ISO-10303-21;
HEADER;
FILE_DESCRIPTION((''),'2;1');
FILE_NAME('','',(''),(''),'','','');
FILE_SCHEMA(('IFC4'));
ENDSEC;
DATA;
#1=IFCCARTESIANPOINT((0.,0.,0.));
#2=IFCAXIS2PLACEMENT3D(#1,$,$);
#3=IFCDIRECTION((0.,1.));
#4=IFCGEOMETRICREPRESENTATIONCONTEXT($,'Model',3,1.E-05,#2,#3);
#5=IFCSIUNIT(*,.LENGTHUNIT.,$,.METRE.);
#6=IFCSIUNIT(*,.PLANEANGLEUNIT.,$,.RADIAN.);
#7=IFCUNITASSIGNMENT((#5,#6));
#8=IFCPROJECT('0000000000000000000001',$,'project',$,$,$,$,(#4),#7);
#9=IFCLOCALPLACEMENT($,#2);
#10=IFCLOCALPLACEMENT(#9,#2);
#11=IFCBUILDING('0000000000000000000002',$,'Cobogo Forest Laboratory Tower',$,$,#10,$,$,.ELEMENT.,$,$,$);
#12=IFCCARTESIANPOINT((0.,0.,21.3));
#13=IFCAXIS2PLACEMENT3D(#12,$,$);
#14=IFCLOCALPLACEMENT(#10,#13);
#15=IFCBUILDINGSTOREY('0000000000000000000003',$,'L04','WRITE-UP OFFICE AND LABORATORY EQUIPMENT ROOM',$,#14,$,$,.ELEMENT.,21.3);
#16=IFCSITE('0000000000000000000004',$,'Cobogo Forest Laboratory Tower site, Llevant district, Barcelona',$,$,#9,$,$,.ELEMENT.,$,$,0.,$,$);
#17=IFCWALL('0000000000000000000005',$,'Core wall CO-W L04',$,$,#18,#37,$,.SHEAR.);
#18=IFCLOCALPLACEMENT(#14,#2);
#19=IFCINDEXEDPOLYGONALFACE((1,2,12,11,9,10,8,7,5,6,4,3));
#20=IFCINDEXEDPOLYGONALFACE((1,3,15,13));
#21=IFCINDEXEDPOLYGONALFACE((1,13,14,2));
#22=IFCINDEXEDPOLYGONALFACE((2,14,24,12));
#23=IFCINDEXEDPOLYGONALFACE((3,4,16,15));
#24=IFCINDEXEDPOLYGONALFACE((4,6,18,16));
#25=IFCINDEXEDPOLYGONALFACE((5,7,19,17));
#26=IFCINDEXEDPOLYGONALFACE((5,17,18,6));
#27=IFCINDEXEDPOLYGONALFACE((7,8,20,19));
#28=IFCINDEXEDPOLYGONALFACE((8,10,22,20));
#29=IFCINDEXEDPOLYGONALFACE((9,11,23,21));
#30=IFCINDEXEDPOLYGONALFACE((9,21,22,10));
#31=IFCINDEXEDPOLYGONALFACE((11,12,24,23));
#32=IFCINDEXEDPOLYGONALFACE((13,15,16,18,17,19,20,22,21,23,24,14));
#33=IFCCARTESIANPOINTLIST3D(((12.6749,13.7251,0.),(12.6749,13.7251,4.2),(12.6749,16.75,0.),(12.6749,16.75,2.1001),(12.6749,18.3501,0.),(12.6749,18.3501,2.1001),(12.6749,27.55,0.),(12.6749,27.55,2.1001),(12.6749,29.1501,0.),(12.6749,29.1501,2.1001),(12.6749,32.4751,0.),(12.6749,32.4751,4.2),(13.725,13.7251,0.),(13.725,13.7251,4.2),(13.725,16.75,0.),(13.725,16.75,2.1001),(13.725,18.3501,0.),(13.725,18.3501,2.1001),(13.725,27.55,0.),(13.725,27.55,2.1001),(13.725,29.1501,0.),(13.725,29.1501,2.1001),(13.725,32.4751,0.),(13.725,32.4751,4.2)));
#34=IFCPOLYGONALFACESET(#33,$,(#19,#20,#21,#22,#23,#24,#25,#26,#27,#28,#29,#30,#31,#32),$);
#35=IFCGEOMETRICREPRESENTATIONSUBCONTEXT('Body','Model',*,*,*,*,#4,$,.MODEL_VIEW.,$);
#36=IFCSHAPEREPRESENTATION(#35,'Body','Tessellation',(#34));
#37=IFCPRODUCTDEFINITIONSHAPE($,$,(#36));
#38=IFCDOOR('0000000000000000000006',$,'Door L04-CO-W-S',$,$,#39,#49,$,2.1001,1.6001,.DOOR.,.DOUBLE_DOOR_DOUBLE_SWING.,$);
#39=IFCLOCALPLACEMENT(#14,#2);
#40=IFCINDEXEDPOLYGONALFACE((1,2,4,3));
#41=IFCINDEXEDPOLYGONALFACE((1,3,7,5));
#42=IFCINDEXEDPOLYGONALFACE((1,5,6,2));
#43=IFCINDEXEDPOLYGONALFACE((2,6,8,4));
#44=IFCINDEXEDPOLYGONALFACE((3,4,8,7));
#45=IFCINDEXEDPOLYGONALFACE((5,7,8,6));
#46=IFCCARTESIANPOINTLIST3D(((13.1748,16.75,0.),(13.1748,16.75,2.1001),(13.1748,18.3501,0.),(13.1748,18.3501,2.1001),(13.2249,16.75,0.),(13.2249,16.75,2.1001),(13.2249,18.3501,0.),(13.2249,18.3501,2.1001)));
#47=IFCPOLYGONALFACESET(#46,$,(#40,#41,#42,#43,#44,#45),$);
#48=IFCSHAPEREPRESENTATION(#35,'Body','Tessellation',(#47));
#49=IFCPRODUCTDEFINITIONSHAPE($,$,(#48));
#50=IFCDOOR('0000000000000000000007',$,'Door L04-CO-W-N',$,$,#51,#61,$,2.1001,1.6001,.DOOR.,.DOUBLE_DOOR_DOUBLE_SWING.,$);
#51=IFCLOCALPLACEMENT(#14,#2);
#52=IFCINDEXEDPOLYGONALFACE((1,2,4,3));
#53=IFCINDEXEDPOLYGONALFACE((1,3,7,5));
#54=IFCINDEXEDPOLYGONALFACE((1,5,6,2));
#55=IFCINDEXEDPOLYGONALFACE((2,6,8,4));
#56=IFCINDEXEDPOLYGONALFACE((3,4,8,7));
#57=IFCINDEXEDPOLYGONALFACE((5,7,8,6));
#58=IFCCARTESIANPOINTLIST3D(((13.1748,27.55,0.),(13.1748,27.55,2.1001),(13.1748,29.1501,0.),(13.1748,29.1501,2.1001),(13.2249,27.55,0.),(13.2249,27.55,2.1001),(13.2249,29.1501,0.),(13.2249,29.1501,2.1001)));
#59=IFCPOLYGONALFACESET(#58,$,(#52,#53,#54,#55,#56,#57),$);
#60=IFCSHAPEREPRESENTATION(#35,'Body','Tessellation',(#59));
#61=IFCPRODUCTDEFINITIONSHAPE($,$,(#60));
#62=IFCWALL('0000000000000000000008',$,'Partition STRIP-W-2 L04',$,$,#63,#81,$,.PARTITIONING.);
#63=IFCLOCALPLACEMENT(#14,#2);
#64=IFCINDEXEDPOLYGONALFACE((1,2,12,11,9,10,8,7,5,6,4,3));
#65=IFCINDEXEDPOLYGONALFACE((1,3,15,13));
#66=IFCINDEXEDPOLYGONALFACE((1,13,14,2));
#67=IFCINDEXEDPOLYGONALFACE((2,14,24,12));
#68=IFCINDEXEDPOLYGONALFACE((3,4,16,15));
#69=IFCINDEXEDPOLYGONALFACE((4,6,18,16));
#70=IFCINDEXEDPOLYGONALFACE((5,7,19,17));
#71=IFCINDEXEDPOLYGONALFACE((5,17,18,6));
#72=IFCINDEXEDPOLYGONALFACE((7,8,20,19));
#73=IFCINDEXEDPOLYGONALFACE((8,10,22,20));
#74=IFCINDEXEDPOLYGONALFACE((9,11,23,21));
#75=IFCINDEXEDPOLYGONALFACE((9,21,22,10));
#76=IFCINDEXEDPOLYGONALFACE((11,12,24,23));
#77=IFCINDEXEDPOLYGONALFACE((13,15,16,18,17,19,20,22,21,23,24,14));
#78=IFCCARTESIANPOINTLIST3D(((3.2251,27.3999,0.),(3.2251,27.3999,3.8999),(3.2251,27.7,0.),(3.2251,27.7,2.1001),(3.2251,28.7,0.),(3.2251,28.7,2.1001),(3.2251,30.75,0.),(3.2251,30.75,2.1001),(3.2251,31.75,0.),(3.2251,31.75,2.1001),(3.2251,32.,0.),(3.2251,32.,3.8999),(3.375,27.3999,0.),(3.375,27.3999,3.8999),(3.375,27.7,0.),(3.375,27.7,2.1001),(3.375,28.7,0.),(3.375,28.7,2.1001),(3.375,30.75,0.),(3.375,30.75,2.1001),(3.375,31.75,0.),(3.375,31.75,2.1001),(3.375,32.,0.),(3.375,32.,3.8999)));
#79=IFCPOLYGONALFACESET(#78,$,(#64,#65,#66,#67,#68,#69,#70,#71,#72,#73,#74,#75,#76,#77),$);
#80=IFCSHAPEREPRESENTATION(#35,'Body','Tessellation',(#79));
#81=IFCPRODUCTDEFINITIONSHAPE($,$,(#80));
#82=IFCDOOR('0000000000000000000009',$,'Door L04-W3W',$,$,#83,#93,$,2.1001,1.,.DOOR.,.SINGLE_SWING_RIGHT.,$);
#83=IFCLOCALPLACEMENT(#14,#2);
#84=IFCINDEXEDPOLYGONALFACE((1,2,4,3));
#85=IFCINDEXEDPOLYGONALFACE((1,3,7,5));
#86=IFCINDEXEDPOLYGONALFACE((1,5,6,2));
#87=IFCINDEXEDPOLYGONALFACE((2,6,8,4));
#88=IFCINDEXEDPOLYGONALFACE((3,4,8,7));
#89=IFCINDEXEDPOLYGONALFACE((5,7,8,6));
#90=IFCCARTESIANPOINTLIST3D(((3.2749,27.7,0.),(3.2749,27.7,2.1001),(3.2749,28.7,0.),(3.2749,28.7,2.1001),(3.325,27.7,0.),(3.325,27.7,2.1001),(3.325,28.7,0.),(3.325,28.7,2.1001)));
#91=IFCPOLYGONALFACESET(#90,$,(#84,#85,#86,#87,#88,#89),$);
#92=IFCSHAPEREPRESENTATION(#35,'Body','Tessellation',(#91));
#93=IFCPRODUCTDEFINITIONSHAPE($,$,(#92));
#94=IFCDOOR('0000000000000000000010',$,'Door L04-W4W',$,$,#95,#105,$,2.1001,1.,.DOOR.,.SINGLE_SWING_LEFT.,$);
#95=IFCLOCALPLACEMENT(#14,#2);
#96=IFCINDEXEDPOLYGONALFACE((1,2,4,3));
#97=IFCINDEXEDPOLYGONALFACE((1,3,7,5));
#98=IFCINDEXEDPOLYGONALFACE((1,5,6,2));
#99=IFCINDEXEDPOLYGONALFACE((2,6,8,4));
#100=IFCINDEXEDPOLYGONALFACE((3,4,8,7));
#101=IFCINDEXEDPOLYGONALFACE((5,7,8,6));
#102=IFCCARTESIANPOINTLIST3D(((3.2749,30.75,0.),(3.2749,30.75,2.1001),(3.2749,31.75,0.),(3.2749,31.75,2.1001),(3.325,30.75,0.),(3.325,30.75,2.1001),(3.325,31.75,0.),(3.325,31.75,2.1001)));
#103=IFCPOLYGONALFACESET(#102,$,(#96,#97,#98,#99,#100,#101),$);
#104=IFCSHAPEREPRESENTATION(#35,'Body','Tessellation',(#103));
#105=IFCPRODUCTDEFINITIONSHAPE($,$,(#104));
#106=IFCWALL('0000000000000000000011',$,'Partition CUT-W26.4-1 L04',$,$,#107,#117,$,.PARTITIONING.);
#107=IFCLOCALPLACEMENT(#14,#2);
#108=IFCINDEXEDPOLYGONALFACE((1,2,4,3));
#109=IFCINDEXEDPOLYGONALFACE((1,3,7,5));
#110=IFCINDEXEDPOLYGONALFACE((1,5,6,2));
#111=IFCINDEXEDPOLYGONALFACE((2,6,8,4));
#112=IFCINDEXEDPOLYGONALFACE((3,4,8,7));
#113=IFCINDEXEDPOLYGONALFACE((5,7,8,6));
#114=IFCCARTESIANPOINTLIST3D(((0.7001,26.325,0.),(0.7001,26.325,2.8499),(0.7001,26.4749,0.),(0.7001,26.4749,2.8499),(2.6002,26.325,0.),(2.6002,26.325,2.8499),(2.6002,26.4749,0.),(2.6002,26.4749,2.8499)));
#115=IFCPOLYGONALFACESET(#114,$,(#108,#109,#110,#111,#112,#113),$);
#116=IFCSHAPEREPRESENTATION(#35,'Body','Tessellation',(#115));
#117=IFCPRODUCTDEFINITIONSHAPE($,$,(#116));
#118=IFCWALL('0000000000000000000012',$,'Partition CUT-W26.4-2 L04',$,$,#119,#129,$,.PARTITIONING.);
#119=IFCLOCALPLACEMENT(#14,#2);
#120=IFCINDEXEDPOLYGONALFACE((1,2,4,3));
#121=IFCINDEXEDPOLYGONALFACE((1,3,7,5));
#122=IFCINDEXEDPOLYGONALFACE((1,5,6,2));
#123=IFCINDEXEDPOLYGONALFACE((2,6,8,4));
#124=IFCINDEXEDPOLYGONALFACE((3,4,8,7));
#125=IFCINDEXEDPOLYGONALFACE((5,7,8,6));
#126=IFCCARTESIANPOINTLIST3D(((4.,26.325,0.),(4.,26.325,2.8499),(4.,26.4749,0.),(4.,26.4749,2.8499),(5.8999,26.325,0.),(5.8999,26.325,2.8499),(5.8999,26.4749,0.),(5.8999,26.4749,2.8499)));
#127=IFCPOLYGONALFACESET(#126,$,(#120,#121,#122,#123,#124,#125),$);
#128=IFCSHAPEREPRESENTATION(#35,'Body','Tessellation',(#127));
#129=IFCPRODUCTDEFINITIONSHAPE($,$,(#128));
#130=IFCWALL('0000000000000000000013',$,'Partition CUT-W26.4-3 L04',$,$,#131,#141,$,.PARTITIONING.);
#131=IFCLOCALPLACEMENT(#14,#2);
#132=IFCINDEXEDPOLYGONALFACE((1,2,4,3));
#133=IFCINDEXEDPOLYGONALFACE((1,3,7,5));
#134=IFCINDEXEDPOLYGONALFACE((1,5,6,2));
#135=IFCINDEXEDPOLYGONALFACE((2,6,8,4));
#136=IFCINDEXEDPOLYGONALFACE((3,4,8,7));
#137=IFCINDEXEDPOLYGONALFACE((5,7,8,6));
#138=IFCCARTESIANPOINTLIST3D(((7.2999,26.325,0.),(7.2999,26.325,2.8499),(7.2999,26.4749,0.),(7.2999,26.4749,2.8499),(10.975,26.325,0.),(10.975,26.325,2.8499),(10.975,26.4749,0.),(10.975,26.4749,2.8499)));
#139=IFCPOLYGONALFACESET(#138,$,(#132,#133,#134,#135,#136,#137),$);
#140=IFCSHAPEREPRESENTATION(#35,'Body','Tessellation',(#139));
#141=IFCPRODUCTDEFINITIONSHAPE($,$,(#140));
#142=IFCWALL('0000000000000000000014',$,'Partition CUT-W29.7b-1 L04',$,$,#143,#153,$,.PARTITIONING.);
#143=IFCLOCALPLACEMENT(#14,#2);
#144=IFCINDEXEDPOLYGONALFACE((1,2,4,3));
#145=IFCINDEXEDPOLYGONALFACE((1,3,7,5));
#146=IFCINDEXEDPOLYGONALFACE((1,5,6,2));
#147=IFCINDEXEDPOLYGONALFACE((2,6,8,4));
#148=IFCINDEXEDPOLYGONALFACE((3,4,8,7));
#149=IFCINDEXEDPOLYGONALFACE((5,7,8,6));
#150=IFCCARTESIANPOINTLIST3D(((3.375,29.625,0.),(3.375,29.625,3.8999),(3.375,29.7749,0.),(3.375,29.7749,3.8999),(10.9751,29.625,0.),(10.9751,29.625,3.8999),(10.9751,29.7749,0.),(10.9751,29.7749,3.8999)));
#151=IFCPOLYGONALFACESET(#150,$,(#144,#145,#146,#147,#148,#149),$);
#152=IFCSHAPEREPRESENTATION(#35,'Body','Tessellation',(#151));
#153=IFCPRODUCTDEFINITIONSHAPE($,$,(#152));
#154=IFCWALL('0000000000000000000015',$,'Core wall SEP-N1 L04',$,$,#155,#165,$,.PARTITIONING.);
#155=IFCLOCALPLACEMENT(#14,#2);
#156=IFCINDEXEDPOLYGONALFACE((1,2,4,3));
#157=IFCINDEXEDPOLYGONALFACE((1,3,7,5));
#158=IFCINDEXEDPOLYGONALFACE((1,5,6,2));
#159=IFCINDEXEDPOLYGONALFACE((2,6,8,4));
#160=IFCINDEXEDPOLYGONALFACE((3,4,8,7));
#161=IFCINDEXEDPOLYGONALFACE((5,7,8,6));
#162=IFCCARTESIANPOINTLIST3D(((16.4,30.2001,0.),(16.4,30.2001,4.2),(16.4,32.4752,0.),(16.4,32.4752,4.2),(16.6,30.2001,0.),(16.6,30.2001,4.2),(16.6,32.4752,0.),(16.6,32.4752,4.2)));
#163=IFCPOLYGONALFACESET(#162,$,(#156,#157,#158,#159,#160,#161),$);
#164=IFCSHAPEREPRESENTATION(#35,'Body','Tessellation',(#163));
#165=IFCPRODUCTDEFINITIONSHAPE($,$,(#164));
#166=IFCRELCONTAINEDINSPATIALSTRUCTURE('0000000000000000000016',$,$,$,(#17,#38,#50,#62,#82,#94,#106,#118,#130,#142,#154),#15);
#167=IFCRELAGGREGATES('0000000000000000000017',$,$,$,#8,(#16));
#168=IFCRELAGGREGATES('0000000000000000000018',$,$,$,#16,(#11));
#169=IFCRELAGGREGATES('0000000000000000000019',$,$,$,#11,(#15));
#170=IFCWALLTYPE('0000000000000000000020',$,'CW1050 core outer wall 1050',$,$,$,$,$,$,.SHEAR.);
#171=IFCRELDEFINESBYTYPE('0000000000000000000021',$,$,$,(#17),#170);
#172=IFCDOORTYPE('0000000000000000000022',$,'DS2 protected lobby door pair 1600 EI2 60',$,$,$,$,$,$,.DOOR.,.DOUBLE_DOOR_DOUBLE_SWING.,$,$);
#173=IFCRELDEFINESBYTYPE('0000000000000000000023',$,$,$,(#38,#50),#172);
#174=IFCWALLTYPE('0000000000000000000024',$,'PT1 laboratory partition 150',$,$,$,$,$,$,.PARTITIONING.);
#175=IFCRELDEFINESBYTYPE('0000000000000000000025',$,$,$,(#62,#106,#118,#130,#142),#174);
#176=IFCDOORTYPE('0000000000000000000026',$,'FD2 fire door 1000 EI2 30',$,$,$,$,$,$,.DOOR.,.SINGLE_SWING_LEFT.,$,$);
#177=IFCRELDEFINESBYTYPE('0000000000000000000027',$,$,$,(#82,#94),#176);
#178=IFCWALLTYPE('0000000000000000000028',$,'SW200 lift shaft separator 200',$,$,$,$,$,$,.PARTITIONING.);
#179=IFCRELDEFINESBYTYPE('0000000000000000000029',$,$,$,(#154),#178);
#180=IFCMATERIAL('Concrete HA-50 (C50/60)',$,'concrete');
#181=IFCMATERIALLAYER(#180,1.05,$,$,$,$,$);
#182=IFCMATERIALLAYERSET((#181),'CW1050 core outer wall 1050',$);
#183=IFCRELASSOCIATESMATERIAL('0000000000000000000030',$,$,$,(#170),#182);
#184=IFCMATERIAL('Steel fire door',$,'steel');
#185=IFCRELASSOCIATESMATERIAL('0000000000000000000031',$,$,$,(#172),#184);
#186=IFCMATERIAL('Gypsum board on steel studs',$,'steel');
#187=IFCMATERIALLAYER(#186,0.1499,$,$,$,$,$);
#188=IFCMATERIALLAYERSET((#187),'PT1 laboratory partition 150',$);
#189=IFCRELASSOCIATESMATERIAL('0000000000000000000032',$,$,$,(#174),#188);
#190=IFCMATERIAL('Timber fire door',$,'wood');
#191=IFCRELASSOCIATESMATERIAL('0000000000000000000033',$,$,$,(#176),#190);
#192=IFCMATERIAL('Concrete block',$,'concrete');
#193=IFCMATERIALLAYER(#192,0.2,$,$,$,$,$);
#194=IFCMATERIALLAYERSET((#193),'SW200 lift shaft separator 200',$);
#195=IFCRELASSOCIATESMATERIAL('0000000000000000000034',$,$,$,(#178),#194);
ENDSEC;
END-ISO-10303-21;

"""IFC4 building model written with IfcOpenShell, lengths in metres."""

from ifc_helpers import new_model, si_unit, direction, frame, frame_2d, origin, place, context, subcontext, project, spatial, rectangle, extrude, material, layer, layer_set, type_object, element, fill, save


model = new_model("IFC4")

# Units and contexts
model_context = context("Model", 3, precision=1e-05, world=origin(), true_north=direction((0.0, 1.0)))
body_context = subcontext(model_context, "Body", "Model", "MODEL_VIEW")
ifc_project = project(units=[si_unit("LENGTHUNIT", "METRE"), si_unit("PLANEANGLEUNIT", "RADIAN")], contexts=[model_context])

# Site, building, storey
site_placement = place(None, origin())
site = spatial("IfcSite", under=ifc_project, at=site_placement, Name="Cobogo Forest Laboratory Tower site, Llevant district, Barcelona", CompositionType="ELEMENT", RefElevation=0.0)
building_placement = place(site_placement, origin())
building = spatial("IfcBuilding", under=site, at=building_placement, Name="Cobogo Forest Laboratory Tower", CompositionType="ELEMENT")
storey_placement = place(building_placement, frame((0.0, 0.0, 21.3)))
storey = spatial("IfcBuildingStorey", under=building, at=storey_placement, Name="L04", Description="WRITE-UP OFFICE AND LABORATORY EQUIPMENT ROOM", CompositionType="ELEMENT", Elevation=21.3)

# Shared definitions
ifc_material_1 = material(Name="Concrete HA-50 (C50/60)", Category="concrete")

# Shared definitions
ifc_material_2 = material(Name="Steel fire door", Category="steel")

# Walls, openings, doors
ifc_layer_1 = layer(ifc_material_1, 1.05)
ifc_layer_set_1 = layer_set([ifc_layer_1], Name="CW1050 core outer wall 1050")
wall_type_1 = type_object("IfcWallType", Name="CW1050 core outer wall 1050", PredefinedType="SHEAR", material=ifc_layer_set_1)
wall_1_placement = place(storey_placement, frame((13.2, 32.4751, 0.0), z_axis=(0.0, 0.0, 1.0), x_axis=(0.0, -1.0, 0.0)))
wall_1 = element("IfcWall", 1, at=wall_1_placement, inside=storey, type_object=wall_type_1, Name="Core wall CO-W L04", PredefinedType="SHEAR", context=body_context, shape_type="SweptSolid", body=[
    extrude(rectangle(XDim=18.75, YDim=1.05, at=frame_2d((9.375, 0.0))), origin(), (0.0, 0.0, 1.0), 4.2),
])
opening_1_placement = place(wall_1_placement, frame((14.125, 0.0, 0.0)))
opening_1 = element("IfcOpeningElement", 2, at=opening_1_placement, cuts=wall_1, PredefinedType="OPENING", context=body_context, shape_type="SweptSolid", body=[
    extrude(rectangle(XDim=1.6001, YDim=2.1001, at=frame_2d((0.8, 1.05))), frame((0.0, 0.5349, 0.0), z_axis=(0.0, -1.0, 0.0), x_axis=(1.0, 0.0, 0.0)), (0.0, 0.0, 1.0), 1.0701),
])
opening_2_placement = place(wall_1_placement, frame((3.325, 0.0, 0.0)))
opening_2 = element("IfcOpeningElement", 3, at=opening_2_placement, cuts=wall_1, PredefinedType="OPENING", context=body_context, shape_type="SweptSolid", body=[
    extrude(rectangle(XDim=1.6001, YDim=2.1001, at=frame_2d((0.8, 1.05))), frame((0.0, 0.5349, 0.0), z_axis=(0.0, -1.0, 0.0), x_axis=(1.0, 0.0, 0.0)), (0.0, 0.0, 1.0), 1.0701),
])
door_type_1 = type_object("IfcDoorType", Name="DS2 protected lobby door pair 1600 EI2 60", OperationType="DOUBLE_DOOR_DOUBLE_SWING", PredefinedType="DOOR", material=ifc_material_2)
door_1_placement = place(opening_1_placement, origin())
door_1 = element("IfcDoor", 4, at=door_1_placement, inside=storey, type_object=door_type_1, Name="Door L04-CO-W-S", OperationType="DOUBLE_DOOR_DOUBLE_SWING", OverallHeight=2.1001, OverallWidth=1.6001, PredefinedType="DOOR", context=body_context, shape_type="SweptSolid", body=[
    extrude(rectangle(XDim=1.6001, YDim=2.1001, at=frame_2d((0.8, 1.05))), frame((0.0, 0.0249, 0.0), z_axis=(0.0, -1.0, 0.0), x_axis=(1.0, 0.0, 0.0)), (0.0, 0.0, 1.0), 0.05),
])
fill(opening_1, door_1)
door_2_placement = place(opening_2_placement, origin())
door_2 = element("IfcDoor", 5, at=door_2_placement, inside=storey, type_object=door_type_1, Name="Door L04-CO-W-N", OperationType="DOUBLE_DOOR_DOUBLE_SWING", OverallHeight=2.1001, OverallWidth=1.6001, PredefinedType="DOOR", context=body_context, shape_type="SweptSolid", body=[
    extrude(rectangle(XDim=1.6001, YDim=2.1001, at=frame_2d((0.8, 1.05))), frame((0.0, 0.0249, 0.0), z_axis=(0.0, -1.0, 0.0), x_axis=(1.0, 0.0, 0.0)), (0.0, 0.0, 1.0), 0.05),
])
fill(opening_2, door_2)
ifc_material_3 = material(Name="Gypsum board on steel studs", Category="steel")
ifc_layer_2 = layer(ifc_material_3, 0.1499)
ifc_layer_set_2 = layer_set([ifc_layer_2], Name="PT1 laboratory partition 150")
wall_type_2 = type_object("IfcWallType", Name="PT1 laboratory partition 150", PredefinedType="PARTITIONING", material=ifc_layer_set_2)
wall_2_placement = place(storey_placement, frame((3.3, 32.0, 0.0), z_axis=(0.0, 0.0, 1.0), x_axis=(0.0, -1.0, 0.0)))
wall_2 = element("IfcWall", 6, at=wall_2_placement, inside=storey, type_object=wall_type_2, Name="Partition STRIP-W-2 L04", PredefinedType="PARTITIONING", context=body_context, shape_type="SweptSolid", body=[
    extrude(rectangle(XDim=4.6001, YDim=0.1499, at=frame_2d((2.3, 0.0))), origin(), (0.0, 0.0, 1.0), 3.8999),
])
opening_3_placement = place(wall_2_placement, frame((3.3, 0.0, 0.0)))
opening_3 = element("IfcOpeningElement", 7, at=opening_3_placement, cuts=wall_2, PredefinedType="OPENING", context=body_context, shape_type="SweptSolid", body=[
    extrude(rectangle(XDim=1.0, YDim=2.1001, at=frame_2d((0.5, 1.05))), frame((0.0, 0.085, 0.0), z_axis=(0.0, -1.0, 0.0), x_axis=(1.0, 0.0, 0.0)), (0.0, 0.0, 1.0), 0.1699),
])
opening_4_placement = place(wall_2_placement, frame((0.25, 0.0, 0.0)))
opening_4 = element("IfcOpeningElement", 8, at=opening_4_placement, cuts=wall_2, PredefinedType="OPENING", context=body_context, shape_type="SweptSolid", body=[
    extrude(rectangle(XDim=1.0, YDim=2.1001, at=frame_2d((0.5, 1.05))), frame((0.0, 0.085, 0.0), z_axis=(0.0, -1.0, 0.0), x_axis=(1.0, 0.0, 0.0)), (0.0, 0.0, 1.0), 0.1699),
])
ifc_material_4 = material(Name="Timber fire door", Category="wood")
door_type_2 = type_object("IfcDoorType", Name="FD2 fire door 1000 EI2 30", OperationType="SINGLE_SWING_LEFT", PredefinedType="DOOR", material=ifc_material_4)
door_3_placement = place(opening_3_placement, origin())
door_3 = element("IfcDoor", 9, at=door_3_placement, inside=storey, type_object=door_type_2, Name="Door L04-W3W", OperationType="SINGLE_SWING_RIGHT", OverallHeight=2.1001, OverallWidth=1.0, PredefinedType="DOOR", context=body_context, shape_type="SweptSolid", body=[
    extrude(rectangle(XDim=1.0, YDim=2.1001, at=frame_2d((0.5, 1.05))), frame((0.0, 0.0249, 0.0), z_axis=(0.0, -1.0, 0.0), x_axis=(1.0, 0.0, 0.0)), (0.0, 0.0, 1.0), 0.05),
])
fill(opening_3, door_3)
door_4_placement = place(opening_4_placement, origin())
door_4 = element("IfcDoor", 10, at=door_4_placement, inside=storey, type_object=door_type_2, Name="Door L04-W4W", OperationType="SINGLE_SWING_LEFT", OverallHeight=2.1001, OverallWidth=1.0, PredefinedType="DOOR", context=body_context, shape_type="SweptSolid", body=[
    extrude(rectangle(XDim=1.0, YDim=2.1001, at=frame_2d((0.5, 1.05))), frame((0.0, 0.0249, 0.0), z_axis=(0.0, -1.0, 0.0), x_axis=(1.0, 0.0, 0.0)), (0.0, 0.0, 1.0), 0.05),
])
fill(opening_4, door_4)

# Walls
wall_3_placement = place(storey_placement, frame((0.7, 26.3999, 0.0), z_axis=(0.0, 0.0, 1.0), x_axis=(1.0, 0.0, 0.0)))
element("IfcWall", 11, at=wall_3_placement, inside=storey, type_object=wall_type_2, Name="Partition CUT-W26.4-1 L04", PredefinedType="PARTITIONING", context=body_context, shape_type="SweptSolid", body=[
    extrude(rectangle(XDim=1.9001, YDim=0.1499, at=frame_2d((0.9502, 0.0))), origin(), (0.0, 0.0, 1.0), 2.8499),
])
wall_4_placement = place(storey_placement, frame((4.0, 26.3999, 0.0), z_axis=(0.0, 0.0, 1.0), x_axis=(1.0, 0.0, 0.0)))
element("IfcWall", 12, at=wall_4_placement, inside=storey, type_object=wall_type_2, Name="Partition CUT-W26.4-2 L04", PredefinedType="PARTITIONING", context=body_context, shape_type="SweptSolid", body=[
    extrude(rectangle(XDim=1.8999, YDim=0.1499, at=frame_2d((0.95, 0.0))), origin(), (0.0, 0.0, 1.0), 2.8499),
])
wall_5_placement = place(storey_placement, frame((7.3, 26.3999, 0.0), z_axis=(0.0, 0.0, 1.0), x_axis=(1.0, 0.0, 0.0)))
element("IfcWall", 13, at=wall_5_placement, inside=storey, type_object=wall_type_2, Name="Partition CUT-W26.4-3 L04", PredefinedType="PARTITIONING", context=body_context, shape_type="SweptSolid", body=[
    extrude(rectangle(XDim=3.675, YDim=0.1499, at=frame_2d((1.8374, 0.0))), origin(), (0.0, 0.0, 1.0), 2.8499),
])
wall_6_placement = place(storey_placement, frame((3.375, 29.7, 0.0), z_axis=(0.0, 0.0, 1.0), x_axis=(1.0, 0.0, 0.0)))
element("IfcWall", 14, at=wall_6_placement, inside=storey, type_object=wall_type_2, Name="Partition CUT-W29.7b-1 L04", PredefinedType="PARTITIONING", context=body_context, shape_type="SweptSolid", body=[
    extrude(rectangle(XDim=7.6001, YDim=0.1499, at=frame_2d((3.8, 0.0))), origin(), (0.0, 0.0, 1.0), 3.8999),
])
ifc_material_5 = material(Name="Concrete block", Category="concrete")
ifc_layer_3 = layer(ifc_material_5, 0.2)
ifc_layer_set_3 = layer_set([ifc_layer_3], Name="SW200 lift shaft separator 200")
wall_type_3 = type_object("IfcWallType", Name="SW200 lift shaft separator 200", PredefinedType="PARTITIONING", material=ifc_layer_set_3)
wall_7_placement = place(storey_placement, frame((16.5, 30.2, 0.0), z_axis=(0.0, 0.0, 1.0), x_axis=(0.0, 1.0, 0.0)))
element("IfcWall", 15, at=wall_7_placement, inside=storey, type_object=wall_type_3, Name="Core wall SEP-N1 L04", PredefinedType="PARTITIONING", context=body_context, shape_type="SweptSolid", body=[
    extrude(rectangle(XDim=2.2751, YDim=0.2, at=frame_2d((1.1377, 0.0))), origin(), (0.0, 0.0, 1.0), 4.2),
])

save(model, "model.ifc")
